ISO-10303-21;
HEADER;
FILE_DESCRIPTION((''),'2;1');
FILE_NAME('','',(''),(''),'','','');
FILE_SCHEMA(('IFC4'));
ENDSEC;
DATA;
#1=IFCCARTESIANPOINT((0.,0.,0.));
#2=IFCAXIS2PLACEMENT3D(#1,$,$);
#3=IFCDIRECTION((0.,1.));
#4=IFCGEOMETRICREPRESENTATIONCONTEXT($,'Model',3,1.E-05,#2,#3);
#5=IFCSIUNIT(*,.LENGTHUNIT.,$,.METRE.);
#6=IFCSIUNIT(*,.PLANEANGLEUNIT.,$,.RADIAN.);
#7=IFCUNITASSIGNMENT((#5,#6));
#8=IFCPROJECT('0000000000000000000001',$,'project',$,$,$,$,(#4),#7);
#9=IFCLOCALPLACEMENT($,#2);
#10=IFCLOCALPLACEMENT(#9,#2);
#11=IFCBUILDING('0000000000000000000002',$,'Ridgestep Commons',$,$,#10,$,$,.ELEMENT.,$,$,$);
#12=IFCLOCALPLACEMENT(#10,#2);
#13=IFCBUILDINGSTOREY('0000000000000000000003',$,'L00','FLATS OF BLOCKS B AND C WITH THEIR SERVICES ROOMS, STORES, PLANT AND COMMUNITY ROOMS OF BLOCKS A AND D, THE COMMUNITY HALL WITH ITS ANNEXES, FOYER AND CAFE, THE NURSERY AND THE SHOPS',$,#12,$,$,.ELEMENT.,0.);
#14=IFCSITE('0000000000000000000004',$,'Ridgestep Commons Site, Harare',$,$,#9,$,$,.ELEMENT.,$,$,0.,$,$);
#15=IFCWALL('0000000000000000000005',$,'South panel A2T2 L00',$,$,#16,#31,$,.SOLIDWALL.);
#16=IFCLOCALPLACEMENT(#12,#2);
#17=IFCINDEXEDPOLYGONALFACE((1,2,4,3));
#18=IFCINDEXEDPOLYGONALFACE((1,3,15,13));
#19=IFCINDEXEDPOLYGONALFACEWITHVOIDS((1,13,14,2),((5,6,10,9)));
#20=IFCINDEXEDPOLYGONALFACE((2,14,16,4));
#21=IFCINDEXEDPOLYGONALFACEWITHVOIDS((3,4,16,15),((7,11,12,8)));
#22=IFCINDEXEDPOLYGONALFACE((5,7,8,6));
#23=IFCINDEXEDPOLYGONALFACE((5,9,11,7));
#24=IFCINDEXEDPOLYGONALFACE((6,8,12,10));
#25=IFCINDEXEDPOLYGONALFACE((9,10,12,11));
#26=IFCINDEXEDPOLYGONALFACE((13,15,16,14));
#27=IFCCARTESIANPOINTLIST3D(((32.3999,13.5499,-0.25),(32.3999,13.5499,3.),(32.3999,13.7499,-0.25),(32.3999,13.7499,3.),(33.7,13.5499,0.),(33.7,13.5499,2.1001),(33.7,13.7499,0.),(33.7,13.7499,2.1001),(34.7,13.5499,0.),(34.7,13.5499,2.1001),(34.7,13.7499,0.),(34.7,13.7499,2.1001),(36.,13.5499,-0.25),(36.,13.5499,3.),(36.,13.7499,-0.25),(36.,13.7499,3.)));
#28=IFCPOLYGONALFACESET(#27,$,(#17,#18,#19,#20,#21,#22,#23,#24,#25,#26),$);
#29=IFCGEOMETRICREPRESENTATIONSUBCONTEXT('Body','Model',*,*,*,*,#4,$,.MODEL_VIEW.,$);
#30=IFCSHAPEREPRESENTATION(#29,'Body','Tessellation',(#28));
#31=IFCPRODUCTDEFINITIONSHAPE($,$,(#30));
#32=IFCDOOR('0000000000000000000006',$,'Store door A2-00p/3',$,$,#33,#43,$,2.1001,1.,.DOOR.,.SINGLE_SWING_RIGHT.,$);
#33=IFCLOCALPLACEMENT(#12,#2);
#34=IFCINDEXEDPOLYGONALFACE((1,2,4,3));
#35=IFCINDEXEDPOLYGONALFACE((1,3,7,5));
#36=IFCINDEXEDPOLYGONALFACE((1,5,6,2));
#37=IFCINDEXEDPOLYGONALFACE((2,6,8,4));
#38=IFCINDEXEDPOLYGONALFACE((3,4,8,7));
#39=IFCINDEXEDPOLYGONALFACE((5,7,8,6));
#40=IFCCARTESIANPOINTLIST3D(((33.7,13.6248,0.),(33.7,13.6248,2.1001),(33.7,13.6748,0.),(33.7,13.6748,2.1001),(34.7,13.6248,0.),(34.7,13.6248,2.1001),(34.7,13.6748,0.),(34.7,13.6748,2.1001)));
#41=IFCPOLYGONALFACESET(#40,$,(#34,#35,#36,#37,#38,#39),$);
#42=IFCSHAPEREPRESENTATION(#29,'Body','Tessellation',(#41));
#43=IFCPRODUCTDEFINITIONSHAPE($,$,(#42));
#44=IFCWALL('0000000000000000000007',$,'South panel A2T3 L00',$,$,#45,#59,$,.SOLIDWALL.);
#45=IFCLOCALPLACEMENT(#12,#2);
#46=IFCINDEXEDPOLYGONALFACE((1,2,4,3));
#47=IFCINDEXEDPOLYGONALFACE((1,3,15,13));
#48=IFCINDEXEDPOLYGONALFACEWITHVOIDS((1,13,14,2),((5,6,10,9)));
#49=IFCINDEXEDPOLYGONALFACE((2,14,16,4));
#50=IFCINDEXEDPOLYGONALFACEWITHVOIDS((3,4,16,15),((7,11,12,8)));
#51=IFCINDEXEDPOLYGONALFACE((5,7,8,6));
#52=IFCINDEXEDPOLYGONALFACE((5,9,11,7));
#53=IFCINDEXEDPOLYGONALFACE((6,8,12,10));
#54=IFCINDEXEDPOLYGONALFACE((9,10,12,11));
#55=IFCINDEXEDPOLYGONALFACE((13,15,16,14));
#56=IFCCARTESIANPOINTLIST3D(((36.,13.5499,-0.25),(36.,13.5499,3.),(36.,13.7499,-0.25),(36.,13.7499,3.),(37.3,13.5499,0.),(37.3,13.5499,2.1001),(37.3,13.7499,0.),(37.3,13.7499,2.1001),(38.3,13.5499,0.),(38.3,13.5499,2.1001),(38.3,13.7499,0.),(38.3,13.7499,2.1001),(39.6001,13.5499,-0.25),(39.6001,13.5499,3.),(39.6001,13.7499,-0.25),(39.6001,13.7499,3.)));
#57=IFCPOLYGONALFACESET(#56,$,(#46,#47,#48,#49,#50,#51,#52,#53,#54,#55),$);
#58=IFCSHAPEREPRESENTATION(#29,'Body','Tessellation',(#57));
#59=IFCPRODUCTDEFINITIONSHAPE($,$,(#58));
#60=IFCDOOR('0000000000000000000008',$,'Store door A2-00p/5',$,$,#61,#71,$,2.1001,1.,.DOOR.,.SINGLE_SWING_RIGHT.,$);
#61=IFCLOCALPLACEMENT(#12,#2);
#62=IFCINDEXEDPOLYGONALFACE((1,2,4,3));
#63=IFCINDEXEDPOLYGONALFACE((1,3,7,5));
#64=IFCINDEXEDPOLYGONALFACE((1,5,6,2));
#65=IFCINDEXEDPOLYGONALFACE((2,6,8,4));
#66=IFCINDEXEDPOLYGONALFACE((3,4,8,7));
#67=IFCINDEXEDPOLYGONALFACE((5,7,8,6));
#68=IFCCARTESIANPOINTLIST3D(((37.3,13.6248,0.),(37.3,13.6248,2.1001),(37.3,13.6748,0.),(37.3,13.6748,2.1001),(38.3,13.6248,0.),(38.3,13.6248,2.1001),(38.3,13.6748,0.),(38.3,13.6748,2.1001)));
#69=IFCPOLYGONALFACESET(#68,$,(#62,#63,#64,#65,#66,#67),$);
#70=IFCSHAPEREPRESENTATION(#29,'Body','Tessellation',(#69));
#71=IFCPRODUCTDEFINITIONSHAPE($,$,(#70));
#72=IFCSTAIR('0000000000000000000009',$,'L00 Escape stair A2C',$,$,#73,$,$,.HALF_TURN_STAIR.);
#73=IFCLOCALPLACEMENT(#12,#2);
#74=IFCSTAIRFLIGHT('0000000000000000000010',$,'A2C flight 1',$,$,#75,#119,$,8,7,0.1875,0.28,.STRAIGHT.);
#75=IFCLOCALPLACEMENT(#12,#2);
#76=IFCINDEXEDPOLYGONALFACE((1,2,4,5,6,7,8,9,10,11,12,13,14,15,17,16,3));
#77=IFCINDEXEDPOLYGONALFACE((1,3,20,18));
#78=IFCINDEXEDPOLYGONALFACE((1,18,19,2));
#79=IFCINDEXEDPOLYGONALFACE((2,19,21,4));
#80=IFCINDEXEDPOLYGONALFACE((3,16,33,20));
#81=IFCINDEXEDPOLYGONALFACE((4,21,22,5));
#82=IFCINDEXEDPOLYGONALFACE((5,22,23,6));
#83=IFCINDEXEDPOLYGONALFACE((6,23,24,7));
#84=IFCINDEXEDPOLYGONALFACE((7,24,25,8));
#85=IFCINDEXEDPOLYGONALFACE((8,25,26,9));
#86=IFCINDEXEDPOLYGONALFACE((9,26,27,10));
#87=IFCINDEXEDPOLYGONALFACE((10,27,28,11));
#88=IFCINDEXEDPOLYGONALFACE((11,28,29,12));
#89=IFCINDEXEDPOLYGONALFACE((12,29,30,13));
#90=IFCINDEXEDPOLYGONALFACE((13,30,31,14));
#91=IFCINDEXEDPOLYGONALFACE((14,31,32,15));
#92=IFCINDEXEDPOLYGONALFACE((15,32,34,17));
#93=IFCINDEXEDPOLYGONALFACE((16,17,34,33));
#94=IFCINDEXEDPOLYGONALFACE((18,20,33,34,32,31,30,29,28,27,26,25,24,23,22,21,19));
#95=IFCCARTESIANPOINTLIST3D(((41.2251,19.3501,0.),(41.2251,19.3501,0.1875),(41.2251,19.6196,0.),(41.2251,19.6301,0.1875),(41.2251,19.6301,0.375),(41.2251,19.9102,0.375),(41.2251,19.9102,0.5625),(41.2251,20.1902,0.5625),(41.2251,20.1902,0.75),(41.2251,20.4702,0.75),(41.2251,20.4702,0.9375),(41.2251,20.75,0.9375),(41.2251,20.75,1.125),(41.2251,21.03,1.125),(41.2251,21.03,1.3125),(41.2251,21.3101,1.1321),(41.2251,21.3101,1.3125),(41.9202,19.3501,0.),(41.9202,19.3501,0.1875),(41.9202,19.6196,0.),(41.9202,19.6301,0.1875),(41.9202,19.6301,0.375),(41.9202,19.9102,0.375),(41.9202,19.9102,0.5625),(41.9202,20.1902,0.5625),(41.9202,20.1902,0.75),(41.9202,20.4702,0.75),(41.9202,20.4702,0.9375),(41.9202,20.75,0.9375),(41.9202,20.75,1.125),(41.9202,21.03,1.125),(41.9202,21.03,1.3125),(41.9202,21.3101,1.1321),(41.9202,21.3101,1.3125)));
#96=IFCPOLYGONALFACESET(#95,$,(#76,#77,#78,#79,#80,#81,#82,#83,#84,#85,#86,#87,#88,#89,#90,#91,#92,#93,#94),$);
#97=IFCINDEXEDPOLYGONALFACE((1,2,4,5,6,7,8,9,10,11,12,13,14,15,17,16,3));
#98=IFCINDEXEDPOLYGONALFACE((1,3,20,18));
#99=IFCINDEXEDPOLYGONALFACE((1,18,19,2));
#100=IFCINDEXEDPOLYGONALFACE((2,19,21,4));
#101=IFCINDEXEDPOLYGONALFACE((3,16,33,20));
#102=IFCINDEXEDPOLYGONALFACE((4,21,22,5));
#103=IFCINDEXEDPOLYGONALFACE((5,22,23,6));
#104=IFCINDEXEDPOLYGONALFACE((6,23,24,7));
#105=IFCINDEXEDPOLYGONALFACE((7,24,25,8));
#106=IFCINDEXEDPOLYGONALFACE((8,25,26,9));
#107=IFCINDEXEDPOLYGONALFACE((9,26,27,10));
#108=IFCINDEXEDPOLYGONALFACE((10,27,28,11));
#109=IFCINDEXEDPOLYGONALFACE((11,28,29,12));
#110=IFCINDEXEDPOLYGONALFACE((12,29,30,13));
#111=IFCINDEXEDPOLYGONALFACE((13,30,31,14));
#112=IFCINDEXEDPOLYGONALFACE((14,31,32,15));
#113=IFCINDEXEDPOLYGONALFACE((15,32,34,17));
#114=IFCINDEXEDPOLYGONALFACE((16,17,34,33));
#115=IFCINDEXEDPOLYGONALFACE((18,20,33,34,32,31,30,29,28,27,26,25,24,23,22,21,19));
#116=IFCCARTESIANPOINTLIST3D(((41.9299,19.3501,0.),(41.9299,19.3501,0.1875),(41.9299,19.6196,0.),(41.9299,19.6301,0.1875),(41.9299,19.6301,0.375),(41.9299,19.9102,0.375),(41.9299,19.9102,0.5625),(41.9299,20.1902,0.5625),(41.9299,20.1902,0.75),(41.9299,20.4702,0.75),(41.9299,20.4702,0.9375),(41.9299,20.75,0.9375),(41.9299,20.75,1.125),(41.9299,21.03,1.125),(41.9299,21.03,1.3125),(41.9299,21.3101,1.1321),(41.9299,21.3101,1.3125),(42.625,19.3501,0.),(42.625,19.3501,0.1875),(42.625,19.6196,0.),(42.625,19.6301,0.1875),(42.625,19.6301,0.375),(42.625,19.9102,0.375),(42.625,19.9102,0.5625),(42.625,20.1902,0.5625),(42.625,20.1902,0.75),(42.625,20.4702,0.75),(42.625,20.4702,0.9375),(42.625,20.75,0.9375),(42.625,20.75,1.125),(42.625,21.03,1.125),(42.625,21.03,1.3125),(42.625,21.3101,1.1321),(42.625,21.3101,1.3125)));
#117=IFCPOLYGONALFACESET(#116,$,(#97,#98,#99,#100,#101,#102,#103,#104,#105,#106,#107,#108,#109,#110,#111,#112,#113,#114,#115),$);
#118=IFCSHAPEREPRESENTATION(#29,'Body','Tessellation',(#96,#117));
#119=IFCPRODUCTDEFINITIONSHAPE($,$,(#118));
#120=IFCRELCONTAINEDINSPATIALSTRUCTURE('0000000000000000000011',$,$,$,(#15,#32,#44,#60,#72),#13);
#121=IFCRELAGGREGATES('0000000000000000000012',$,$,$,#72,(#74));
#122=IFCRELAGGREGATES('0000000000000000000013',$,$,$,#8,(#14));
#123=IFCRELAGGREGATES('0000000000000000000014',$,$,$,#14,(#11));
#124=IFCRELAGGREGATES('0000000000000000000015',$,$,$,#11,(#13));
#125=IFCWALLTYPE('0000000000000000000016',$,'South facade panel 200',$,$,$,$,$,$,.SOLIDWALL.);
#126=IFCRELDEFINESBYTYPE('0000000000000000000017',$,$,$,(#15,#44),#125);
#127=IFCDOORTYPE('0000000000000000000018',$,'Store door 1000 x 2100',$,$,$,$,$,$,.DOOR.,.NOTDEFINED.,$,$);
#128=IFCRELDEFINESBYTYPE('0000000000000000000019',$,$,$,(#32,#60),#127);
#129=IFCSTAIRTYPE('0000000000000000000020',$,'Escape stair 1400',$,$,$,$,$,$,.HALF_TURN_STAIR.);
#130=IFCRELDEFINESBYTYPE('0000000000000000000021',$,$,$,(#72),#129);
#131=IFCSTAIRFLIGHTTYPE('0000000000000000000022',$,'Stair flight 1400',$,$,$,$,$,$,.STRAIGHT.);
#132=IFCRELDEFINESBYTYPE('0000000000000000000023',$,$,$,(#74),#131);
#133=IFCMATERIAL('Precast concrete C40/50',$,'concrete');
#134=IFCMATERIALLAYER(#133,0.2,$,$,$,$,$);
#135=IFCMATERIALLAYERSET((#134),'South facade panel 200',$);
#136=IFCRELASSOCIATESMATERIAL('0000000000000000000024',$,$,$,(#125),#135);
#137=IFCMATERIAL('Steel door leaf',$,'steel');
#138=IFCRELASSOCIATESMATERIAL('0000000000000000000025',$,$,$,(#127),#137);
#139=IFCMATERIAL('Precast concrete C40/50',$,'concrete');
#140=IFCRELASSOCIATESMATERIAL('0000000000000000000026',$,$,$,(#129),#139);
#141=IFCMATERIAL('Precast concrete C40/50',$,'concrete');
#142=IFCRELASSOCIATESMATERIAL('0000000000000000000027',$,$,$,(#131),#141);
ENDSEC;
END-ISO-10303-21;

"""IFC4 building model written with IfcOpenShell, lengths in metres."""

from ifc_helpers import new_model, si_unit, direction, frame, frame_2d, origin, place, context, subcontext, project, spatial, polyline, rectangle, outline, extrude, material, layer, layer_set, type_object, element, fill, aggregate, save


model = new_model("IFC4")

# Units and contexts
model_context = context("Model", 3, precision=1e-05, world=origin(), true_north=direction((0.0, 1.0)))
body_context = subcontext(model_context, "Body", "Model", "MODEL_VIEW")
ifc_project = project(units=[si_unit("LENGTHUNIT", "METRE"), si_unit("PLANEANGLEUNIT", "RADIAN")], contexts=[model_context])

# Site, building, storey
site_placement = place(None, origin())
site = spatial("IfcSite", under=ifc_project, at=site_placement, Name="Ridgestep Commons Site, Harare", CompositionType="ELEMENT", RefElevation=0.0)
building_placement = place(site_placement, origin())
building = spatial("IfcBuilding", under=site, at=building_placement, Name="Ridgestep Commons", CompositionType="ELEMENT")
storey_placement = place(building_placement, origin())
storey = spatial("IfcBuildingStorey", under=building, at=storey_placement, Name="L00", Description="FLATS OF BLOCKS B AND C WITH THEIR SERVICES ROOMS, STORES, PLANT AND COMMUNITY ROOMS OF BLOCKS A AND D, THE COMMUNITY HALL WITH ITS ANNEXES, FOYER AND CAFE, THE NURSERY AND THE SHOPS", CompositionType="ELEMENT", Elevation=0.0)

# Walls, openings, doors
ifc_material_1 = material(Name="Precast concrete C40/50", Category="concrete")
ifc_layer_1 = layer(ifc_material_1, 0.2)
ifc_layer_set_1 = layer_set([ifc_layer_1], Name="South facade panel 200")
wall_type_1 = type_object("IfcWallType", Name="South facade panel 200", PredefinedType="SOLIDWALL", material=ifc_layer_set_1)
wall_1_placement = place(storey_placement, frame((32.3999, 13.6499, -0.25), z_axis=(0.0, 0.0, 1.0), x_axis=(1.0, 0.0, 0.0)))
wall_1 = element("IfcWall", 1, at=wall_1_placement, inside=storey, type_object=wall_type_1, Name="South panel A2T2 L00", PredefinedType="SOLIDWALL", context=body_context, shape_type="SweptSolid", body=[
    extrude(rectangle(XDim=3.6001, YDim=0.2, at=frame_2d((1.8, 0.0))), origin(), (0.0, 0.0, 1.0), 3.25),
])
opening_1_placement = place(wall_1_placement, frame((1.3, 0.0, 0.25)))
opening_1 = element("IfcOpeningElement", 2, at=opening_1_placement, cuts=wall_1, PredefinedType="OPENING", context=body_context, shape_type="SweptSolid", body=[
    extrude(rectangle(XDim=1.0, YDim=2.1001, at=frame_2d((0.5, 1.05))), frame((0.0, 0.1099, 0.0), z_axis=(0.0, -1.0, 0.0), x_axis=(1.0, 0.0, 0.0)), (0.0, 0.0, 1.0), 0.22),
])
ifc_material_2 = material(Name="Steel door leaf", Category="steel")
door_type_1 = type_object("IfcDoorType", Name="Store door 1000 x 2100", OperationType="NOTDEFINED", PredefinedType="DOOR", material=ifc_material_2)
door_1_placement = place(opening_1_placement, origin())
door_1 = element("IfcDoor", 3, at=door_1_placement, inside=storey, type_object=door_type_1, Name="Store door A2-00p/3", OperationType="SINGLE_SWING_RIGHT", OverallHeight=2.1001, OverallWidth=1.0, PredefinedType="DOOR", context=body_context, shape_type="SweptSolid", body=[
    extrude(rectangle(XDim=1.0, YDim=2.1001, at=frame_2d((0.5, 1.05))), frame((0.0, 0.0249, 0.0), z_axis=(0.0, -1.0, 0.0), x_axis=(1.0, 0.0, 0.0)), (0.0, 0.0, 1.0), 0.05),
])
fill(opening_1, door_1)
wall_2_placement = place(storey_placement, frame((36.0, 13.6499, -0.25), z_axis=(0.0, 0.0, 1.0), x_axis=(1.0, 0.0, 0.0)))
wall_2 = element("IfcWall", 4, at=wall_2_placement, inside=storey, type_object=wall_type_1, Name="South panel A2T3 L00", PredefinedType="SOLIDWALL", context=body_context, shape_type="SweptSolid", body=[
    extrude(rectangle(XDim=3.6001, YDim=0.2, at=frame_2d((1.8, 0.0))), origin(), (0.0, 0.0, 1.0), 3.25),
])
opening_2_placement = place(wall_2_placement, frame((1.3, 0.0, 0.25)))
opening_2 = element("IfcOpeningElement", 5, at=opening_2_placement, cuts=wall_2, PredefinedType="OPENING", context=body_context, shape_type="SweptSolid", body=[
    extrude(rectangle(XDim=1.0, YDim=2.1001, at=frame_2d((0.5, 1.05))), frame((0.0, 0.1099, 0.0), z_axis=(0.0, -1.0, 0.0), x_axis=(1.0, 0.0, 0.0)), (0.0, 0.0, 1.0), 0.22),
])
door_2_placement = place(opening_2_placement, origin())
door_2 = element("IfcDoor", 6, at=door_2_placement, inside=storey, type_object=door_type_1, Name="Store door A2-00p/5", OperationType="SINGLE_SWING_RIGHT", OverallHeight=2.1001, OverallWidth=1.0, PredefinedType="DOOR", context=body_context, shape_type="SweptSolid", body=[
    extrude(rectangle(XDim=1.0, YDim=2.1001, at=frame_2d((0.5, 1.05))), frame((0.0, 0.0249, 0.0), z_axis=(0.0, -1.0, 0.0), x_axis=(1.0, 0.0, 0.0)), (0.0, 0.0, 1.0), 0.05),
])
fill(opening_2, door_2)

# Stair, stair flight
ifc_material_3 = material(Name="Precast concrete C40/50", Category="concrete")
stair_type = type_object("IfcStairType", Name="Escape stair 1400", PredefinedType="HALF_TURN_STAIR", material=ifc_material_3)
stair_placement = place(storey_placement, origin())
stair = element("IfcStair", 7, at=stair_placement, inside=storey, type_object=stair_type, Name="L00 Escape stair A2C", PredefinedType="HALF_TURN_STAIR")
ifc_material_4 = material(Name="Precast concrete C40/50", Category="concrete")
stair_flight_type = type_object("IfcStairFlightType", Name="Stair flight 1400", PredefinedType="STRAIGHT", material=ifc_material_4)
stair_flight_placement = place(storey_placement, frame((41.925, 19.3501, 0.0), z_axis=(0.0, 0.0, 1.0), x_axis=(0.0, 1.0, 0.0)))
stair_flight = element("IfcStairFlight", 8, at=stair_flight_placement, type_object=stair_flight_type, Name="A2C flight 1", NumberOfRisers=8, NumberOfTreads=7, PredefinedType="STRAIGHT", RiserHeight=0.1875, TreadLength=0.28, context=body_context, shape_type="SweptSolid", body=[
    extrude(outline(polyline([(0.0, 0.0), (0.0, 0.1875), (0.28, 0.1875), (0.28, 0.375), (0.5601, 0.375), (0.5601, 0.5625), (0.8401, 0.5625), (0.8401, 0.75), (1.1201, 0.75), (1.1201, 0.9375), (1.3999, 0.9375), (1.3999, 1.125), (1.6799, 1.125), (1.6799, 1.3125), (1.96, 1.3125), (1.96, 1.5), (1.96, 1.1321), (0.2695, 0.0), (0.0, 0.0)])), frame((0.0, 0.7, 0.0), z_axis=(0.0, -1.0, 0.0), x_axis=(1.0, 0.0, 0.0)), (0.0, 0.0, 1.0), 0.6951),
    extrude(outline(polyline([(0.0, 0.0), (0.0, 0.1875), (0.28, 0.1875), (0.28, 0.375), (0.5601, 0.375), (0.5601, 0.5625), (0.8401, 0.5625), (0.8401, 0.75), (1.1201, 0.75), (1.1201, 0.9375), (1.3999, 0.9375), (1.3999, 1.125), (1.6799, 1.125), (1.6799, 1.3125), (1.96, 1.3125), (1.96, 1.5), (1.96, 1.1321), (0.2695, 0.0), (0.0, 0.0)])), frame((0.0, -0.0049, 0.0), z_axis=(0.0, -1.0, 0.0), x_axis=(1.0, 0.0, 0.0)), (0.0, 0.0, 1.0), 0.6951),
])
aggregate(stair, [stair_flight])

save(model, "model.ifc")
